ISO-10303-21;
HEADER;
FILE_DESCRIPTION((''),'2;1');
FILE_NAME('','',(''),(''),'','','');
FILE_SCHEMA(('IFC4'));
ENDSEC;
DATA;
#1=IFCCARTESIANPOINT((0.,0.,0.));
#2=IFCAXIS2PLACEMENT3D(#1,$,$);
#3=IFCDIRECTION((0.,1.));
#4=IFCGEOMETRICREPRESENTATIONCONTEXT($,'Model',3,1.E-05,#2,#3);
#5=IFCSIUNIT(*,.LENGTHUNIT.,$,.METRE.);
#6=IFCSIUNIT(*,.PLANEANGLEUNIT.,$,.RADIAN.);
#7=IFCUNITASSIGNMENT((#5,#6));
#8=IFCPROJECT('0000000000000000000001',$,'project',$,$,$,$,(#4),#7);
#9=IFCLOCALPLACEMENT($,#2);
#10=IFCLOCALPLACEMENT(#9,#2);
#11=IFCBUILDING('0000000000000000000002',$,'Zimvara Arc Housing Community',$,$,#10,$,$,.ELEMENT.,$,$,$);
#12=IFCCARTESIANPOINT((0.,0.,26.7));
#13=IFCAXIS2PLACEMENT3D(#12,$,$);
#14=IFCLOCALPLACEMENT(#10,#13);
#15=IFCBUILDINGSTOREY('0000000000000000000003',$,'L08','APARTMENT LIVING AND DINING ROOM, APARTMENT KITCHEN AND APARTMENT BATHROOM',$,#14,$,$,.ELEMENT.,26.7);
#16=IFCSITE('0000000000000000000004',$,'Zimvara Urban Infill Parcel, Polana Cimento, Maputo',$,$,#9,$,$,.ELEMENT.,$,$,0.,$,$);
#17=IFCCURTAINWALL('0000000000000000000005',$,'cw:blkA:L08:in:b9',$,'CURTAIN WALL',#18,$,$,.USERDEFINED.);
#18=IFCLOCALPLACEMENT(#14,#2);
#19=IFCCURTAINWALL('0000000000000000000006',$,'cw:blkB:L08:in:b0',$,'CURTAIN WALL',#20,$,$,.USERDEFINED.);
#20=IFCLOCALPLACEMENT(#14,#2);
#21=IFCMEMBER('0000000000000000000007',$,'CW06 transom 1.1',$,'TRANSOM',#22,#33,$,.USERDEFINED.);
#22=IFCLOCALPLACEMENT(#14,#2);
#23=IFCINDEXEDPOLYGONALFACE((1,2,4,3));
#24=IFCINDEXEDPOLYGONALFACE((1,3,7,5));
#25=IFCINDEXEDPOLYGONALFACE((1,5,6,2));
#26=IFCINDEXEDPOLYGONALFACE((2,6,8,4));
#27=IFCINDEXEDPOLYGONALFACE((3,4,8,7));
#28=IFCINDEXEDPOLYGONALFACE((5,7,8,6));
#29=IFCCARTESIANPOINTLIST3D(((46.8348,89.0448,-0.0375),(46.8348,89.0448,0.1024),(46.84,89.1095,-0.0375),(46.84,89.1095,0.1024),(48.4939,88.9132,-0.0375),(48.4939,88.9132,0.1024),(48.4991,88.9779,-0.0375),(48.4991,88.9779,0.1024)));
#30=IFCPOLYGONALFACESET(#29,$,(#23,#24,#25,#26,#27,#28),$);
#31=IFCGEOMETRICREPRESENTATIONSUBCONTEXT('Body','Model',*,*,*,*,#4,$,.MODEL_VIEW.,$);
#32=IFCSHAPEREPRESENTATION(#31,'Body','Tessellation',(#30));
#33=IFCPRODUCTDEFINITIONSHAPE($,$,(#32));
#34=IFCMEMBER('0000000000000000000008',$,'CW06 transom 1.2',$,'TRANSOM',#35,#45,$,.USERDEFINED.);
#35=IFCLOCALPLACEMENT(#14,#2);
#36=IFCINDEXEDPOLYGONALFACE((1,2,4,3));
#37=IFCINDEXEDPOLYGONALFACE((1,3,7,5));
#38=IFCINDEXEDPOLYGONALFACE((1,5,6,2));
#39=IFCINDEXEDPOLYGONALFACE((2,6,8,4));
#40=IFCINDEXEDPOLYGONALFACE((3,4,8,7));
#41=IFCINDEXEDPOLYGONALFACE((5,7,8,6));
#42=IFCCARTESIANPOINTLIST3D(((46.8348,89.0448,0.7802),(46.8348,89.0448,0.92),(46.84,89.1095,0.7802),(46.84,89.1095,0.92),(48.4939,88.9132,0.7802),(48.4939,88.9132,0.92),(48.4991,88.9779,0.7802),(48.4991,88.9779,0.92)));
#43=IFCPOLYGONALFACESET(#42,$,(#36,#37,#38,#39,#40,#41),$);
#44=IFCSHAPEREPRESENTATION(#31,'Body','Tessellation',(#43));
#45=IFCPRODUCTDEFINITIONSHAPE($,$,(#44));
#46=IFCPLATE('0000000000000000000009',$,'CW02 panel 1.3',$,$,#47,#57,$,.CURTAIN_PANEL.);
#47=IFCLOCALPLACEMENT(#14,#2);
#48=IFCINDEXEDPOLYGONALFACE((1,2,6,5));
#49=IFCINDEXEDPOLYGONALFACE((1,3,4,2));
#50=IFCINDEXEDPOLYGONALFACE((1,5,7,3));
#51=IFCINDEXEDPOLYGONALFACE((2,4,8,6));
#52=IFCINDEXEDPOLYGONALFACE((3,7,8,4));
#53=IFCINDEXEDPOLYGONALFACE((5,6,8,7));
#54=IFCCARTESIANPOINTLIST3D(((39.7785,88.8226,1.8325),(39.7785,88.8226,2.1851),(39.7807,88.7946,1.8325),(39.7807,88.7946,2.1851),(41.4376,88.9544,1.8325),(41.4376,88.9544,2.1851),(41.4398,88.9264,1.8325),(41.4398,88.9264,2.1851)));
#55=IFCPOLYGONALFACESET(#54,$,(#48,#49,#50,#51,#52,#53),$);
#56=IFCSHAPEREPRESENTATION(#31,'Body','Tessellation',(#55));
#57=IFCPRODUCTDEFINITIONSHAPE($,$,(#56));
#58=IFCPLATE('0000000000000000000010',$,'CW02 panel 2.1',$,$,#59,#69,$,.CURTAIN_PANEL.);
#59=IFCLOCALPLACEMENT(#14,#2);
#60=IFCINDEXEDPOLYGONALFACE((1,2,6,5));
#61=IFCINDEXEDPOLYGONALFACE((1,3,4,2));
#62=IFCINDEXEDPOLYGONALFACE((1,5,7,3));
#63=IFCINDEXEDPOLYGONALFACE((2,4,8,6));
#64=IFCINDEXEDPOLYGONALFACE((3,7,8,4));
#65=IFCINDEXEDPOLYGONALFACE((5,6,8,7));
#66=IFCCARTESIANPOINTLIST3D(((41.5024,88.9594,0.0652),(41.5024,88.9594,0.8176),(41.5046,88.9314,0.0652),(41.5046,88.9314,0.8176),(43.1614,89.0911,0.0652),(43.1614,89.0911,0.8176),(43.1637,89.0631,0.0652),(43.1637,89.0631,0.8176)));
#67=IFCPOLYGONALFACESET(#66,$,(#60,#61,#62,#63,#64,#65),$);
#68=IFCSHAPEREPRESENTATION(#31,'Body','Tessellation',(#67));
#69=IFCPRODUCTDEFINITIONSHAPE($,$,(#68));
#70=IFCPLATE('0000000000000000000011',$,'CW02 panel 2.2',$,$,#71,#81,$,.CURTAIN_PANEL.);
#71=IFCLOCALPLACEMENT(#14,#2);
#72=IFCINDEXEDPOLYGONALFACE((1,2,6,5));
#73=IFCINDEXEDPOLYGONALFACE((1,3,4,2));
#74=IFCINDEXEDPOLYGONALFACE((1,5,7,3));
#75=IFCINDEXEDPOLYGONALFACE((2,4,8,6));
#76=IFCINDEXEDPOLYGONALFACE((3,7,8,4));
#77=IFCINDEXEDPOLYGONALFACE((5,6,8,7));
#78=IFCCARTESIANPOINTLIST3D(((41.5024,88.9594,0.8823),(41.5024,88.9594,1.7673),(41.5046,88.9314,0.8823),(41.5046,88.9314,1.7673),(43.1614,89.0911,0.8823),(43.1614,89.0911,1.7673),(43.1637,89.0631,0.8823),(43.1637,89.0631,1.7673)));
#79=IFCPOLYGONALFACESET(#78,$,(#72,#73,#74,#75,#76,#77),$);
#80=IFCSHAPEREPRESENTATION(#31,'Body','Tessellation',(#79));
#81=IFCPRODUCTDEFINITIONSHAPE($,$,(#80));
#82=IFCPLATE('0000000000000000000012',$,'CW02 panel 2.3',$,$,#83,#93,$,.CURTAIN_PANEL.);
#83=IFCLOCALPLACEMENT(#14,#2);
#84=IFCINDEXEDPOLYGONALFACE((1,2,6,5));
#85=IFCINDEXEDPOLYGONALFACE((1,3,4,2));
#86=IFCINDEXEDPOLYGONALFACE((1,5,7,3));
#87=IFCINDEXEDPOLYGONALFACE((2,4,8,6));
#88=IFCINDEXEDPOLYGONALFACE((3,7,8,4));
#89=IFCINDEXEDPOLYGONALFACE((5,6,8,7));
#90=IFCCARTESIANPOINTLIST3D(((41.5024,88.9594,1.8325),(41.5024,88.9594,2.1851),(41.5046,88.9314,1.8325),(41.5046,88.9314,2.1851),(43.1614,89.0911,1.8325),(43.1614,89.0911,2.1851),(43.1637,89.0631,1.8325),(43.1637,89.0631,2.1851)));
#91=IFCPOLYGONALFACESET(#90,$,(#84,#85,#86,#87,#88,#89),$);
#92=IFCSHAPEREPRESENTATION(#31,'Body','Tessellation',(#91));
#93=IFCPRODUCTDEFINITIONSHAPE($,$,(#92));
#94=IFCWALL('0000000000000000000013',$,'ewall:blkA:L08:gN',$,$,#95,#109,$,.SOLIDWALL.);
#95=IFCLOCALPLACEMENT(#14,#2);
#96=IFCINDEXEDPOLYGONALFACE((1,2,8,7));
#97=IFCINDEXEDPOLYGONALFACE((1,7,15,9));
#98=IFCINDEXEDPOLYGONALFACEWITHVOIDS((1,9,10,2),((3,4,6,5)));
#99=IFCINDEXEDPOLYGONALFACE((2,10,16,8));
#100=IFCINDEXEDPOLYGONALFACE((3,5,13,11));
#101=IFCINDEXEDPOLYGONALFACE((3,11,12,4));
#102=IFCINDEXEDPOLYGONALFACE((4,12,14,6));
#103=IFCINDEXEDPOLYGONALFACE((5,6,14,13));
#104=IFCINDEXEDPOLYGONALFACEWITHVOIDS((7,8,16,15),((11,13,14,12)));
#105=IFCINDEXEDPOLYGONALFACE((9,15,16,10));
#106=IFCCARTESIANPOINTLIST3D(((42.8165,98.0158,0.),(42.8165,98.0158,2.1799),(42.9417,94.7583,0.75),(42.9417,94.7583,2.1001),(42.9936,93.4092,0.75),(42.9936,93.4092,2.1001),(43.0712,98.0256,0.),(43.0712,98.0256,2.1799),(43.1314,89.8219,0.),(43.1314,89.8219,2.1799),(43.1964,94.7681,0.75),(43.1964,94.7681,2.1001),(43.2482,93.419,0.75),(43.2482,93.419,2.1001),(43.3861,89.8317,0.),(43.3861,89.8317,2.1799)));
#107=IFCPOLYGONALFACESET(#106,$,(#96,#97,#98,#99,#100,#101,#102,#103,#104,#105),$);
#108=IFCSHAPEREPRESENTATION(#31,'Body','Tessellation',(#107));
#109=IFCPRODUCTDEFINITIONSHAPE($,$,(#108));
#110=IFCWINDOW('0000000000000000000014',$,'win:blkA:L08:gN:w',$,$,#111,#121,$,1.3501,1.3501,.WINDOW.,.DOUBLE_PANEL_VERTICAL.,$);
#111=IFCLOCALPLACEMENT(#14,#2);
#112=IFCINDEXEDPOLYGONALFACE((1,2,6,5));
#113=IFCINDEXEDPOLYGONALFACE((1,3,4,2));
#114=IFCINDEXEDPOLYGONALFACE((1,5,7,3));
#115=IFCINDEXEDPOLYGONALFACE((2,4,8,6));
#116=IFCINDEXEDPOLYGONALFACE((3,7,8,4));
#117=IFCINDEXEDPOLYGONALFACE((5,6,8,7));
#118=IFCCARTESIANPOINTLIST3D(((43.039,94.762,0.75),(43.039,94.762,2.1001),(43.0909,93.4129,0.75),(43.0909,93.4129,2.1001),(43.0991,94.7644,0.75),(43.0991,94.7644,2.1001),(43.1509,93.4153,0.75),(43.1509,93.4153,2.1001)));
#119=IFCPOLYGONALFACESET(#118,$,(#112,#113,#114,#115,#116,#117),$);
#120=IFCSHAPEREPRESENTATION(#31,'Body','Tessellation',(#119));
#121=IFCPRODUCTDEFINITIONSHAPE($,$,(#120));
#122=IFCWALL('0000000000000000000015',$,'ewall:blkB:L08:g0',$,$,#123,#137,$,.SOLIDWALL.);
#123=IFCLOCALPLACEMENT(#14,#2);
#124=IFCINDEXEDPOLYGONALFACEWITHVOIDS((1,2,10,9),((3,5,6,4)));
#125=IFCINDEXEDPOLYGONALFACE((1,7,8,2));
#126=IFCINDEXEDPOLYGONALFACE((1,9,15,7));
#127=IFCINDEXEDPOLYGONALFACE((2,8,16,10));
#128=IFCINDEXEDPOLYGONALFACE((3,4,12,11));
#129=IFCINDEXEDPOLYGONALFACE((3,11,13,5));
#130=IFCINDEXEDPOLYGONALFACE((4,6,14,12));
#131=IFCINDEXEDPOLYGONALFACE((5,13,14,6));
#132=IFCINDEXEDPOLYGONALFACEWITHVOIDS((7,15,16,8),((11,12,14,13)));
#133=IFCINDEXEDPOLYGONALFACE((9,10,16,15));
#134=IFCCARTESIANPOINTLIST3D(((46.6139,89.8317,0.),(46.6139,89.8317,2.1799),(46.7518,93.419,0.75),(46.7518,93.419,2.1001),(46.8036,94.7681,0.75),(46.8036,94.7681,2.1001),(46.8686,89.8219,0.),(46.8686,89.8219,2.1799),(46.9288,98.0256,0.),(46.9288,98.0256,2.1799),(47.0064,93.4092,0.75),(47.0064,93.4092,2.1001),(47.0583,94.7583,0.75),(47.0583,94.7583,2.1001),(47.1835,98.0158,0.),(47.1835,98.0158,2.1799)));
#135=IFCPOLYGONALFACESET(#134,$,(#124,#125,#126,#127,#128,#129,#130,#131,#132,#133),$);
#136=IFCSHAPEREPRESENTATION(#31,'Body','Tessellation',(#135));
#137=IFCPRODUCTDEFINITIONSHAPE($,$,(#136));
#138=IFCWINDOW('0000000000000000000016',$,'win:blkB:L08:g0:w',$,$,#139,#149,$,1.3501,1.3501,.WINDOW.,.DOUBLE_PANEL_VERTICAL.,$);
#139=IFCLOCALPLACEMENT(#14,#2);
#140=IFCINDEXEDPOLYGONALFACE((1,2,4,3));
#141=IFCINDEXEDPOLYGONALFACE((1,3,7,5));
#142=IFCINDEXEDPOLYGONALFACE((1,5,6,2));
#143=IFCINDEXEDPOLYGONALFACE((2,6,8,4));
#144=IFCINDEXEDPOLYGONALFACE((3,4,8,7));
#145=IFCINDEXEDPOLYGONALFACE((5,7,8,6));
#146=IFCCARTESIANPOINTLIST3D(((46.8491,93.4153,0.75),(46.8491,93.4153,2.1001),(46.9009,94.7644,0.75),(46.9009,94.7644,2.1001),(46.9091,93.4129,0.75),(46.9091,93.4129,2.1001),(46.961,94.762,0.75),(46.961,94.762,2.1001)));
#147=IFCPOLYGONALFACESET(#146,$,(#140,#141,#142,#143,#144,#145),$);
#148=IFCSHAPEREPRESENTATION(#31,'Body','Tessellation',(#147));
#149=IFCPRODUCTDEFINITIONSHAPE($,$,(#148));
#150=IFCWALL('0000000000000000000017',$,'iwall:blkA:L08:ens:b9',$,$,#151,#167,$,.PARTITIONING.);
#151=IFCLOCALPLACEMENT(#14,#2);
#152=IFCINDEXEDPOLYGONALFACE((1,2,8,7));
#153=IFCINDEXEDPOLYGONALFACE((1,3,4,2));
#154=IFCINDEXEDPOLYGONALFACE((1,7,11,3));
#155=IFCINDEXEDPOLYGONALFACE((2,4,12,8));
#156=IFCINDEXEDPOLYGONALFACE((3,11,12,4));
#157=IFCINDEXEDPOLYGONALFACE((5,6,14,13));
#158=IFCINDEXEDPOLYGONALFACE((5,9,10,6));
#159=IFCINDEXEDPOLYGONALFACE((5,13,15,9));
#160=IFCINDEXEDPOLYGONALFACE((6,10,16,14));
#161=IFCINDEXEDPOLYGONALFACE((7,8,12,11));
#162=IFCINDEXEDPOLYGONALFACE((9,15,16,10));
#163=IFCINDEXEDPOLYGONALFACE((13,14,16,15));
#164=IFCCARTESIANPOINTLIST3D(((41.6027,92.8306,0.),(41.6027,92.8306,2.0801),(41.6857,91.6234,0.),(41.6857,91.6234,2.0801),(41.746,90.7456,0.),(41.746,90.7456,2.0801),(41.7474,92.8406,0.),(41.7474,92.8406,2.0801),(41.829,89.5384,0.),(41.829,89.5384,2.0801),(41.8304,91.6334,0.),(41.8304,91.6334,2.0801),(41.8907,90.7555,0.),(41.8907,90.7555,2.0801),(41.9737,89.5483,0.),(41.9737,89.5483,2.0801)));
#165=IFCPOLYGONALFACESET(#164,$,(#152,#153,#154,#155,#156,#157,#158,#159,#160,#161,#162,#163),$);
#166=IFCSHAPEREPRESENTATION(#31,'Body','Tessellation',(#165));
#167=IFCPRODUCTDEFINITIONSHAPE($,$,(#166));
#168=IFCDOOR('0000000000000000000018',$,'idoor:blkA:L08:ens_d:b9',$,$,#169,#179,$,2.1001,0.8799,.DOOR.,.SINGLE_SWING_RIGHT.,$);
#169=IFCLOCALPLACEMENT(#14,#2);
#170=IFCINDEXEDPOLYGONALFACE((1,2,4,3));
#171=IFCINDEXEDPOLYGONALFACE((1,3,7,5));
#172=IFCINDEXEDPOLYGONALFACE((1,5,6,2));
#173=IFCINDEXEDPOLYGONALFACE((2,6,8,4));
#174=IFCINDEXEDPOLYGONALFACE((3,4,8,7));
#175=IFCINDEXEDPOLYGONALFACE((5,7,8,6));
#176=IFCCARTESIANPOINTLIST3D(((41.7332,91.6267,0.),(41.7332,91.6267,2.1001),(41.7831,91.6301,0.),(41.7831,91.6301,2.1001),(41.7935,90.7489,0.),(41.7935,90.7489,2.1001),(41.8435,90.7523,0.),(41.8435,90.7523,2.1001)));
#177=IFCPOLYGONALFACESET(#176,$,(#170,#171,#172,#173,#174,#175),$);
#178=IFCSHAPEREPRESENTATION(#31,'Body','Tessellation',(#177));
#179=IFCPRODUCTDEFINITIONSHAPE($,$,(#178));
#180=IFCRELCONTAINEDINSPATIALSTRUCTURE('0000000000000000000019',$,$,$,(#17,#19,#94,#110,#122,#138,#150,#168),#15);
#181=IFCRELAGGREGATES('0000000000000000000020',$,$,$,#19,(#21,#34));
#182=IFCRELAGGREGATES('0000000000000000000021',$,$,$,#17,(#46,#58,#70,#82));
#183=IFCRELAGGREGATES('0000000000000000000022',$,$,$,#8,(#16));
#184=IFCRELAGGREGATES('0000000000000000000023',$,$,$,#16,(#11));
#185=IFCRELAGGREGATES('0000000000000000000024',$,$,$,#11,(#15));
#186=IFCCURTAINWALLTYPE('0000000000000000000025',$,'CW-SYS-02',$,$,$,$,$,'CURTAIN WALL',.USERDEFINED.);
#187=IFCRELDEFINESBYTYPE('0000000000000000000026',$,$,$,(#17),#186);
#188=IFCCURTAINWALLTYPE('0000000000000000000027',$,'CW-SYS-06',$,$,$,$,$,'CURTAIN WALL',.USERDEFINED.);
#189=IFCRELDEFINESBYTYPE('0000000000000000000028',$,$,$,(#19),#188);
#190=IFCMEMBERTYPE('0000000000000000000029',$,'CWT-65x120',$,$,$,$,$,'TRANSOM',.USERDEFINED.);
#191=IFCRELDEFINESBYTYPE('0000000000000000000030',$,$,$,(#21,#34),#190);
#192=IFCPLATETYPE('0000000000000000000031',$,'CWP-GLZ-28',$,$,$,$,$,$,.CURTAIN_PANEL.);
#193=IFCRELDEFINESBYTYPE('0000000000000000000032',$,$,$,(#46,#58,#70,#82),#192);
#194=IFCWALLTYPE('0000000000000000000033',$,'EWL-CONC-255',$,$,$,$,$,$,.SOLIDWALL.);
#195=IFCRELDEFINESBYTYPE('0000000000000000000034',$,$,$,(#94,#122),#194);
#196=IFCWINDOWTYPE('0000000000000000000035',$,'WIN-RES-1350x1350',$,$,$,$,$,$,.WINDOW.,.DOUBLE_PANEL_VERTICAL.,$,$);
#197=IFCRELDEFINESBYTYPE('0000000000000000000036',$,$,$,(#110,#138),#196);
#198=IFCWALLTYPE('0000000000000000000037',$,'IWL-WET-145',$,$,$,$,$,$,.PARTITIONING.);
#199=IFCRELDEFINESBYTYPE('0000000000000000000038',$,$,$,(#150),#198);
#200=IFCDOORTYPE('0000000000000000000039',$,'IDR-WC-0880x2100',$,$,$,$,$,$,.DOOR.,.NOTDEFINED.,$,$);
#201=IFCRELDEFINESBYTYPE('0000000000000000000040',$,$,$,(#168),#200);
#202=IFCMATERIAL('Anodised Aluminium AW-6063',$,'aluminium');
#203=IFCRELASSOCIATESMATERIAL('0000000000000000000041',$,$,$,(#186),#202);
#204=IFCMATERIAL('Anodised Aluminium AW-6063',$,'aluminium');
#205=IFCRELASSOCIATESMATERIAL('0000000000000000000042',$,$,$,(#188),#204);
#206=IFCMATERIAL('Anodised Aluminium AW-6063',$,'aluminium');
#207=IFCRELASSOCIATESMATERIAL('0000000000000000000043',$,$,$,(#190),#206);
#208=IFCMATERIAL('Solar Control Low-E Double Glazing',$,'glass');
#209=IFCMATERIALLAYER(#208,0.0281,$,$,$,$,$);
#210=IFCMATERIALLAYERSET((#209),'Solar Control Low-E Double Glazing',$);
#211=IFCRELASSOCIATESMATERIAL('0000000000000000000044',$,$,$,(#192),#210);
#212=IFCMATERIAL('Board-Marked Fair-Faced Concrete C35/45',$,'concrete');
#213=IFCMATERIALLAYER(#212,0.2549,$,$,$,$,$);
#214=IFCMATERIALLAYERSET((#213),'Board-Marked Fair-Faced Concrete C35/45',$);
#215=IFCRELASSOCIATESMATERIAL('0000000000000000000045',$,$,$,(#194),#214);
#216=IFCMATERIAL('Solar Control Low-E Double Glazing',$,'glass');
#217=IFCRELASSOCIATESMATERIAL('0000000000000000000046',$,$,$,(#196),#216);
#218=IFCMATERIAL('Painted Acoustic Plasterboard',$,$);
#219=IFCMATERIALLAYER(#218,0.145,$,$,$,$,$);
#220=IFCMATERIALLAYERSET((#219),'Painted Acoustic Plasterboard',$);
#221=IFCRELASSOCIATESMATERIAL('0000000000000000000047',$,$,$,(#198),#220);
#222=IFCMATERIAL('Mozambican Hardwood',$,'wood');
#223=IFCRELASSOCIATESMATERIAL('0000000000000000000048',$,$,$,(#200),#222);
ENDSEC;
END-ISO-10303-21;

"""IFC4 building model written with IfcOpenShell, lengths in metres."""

from ifc_helpers import new_model, si_unit, direction, frame, frame_2d, origin, origin_2d, place, context, subcontext, project, spatial, rectangle, extrude, material, layer, layer_set, material_profile, profile_set, type_object, element, fill, aggregate, save


model = new_model("IFC4")

# Units and contexts
model_context = context("Model", 3, precision=1e-05, world=origin(), true_north=direction((0.0, 1.0)))
body_context = subcontext(model_context, "Body", "Model", "MODEL_VIEW")
ifc_project = project(units=[si_unit("LENGTHUNIT", "METRE"), si_unit("PLANEANGLEUNIT", "RADIAN")], contexts=[model_context])

# Site, building, storey
site_placement = place(None, origin())
site = spatial("IfcSite", under=ifc_project, at=site_placement, Name="Zimvara Urban Infill Parcel, Polana Cimento, Maputo", CompositionType="ELEMENT", RefElevation=0.0)
building_placement = place(site_placement, origin())
building = spatial("IfcBuilding", under=site, at=building_placement, Name="Zimvara Arc Housing Community", CompositionType="ELEMENT")
storey_placement = place(building_placement, frame((0.0, 0.0, 26.7)))
storey = spatial("IfcBuildingStorey", under=building, at=storey_placement, Name="L08", Description="APARTMENT LIVING AND DINING ROOM, APARTMENT KITCHEN AND APARTMENT BATHROOM", CompositionType="ELEMENT", Elevation=26.7)

# Curtain wall
ifc_material_1 = material(Name="Anodised Aluminium AW-6063", Category="aluminium")
curtain_wall_type_1 = type_object("IfcCurtainWallType", Name="CW-SYS-02", ElementType="CURTAIN WALL", PredefinedType="USERDEFINED", material=ifc_material_1)
curtain_wall_1_placement = place(storey_placement, origin())
curtain_wall_1 = element("IfcCurtainWall", 1, at=curtain_wall_1_placement, inside=storey, type_object=curtain_wall_type_1, Name="cw:blkA:L08:in:b9", ObjectType="CURTAIN WALL", PredefinedType="USERDEFINED")

# Curtain wall
ifc_material_2 = material(Name="Anodised Aluminium AW-6063", Category="aluminium")
curtain_wall_type_2 = type_object("IfcCurtainWallType", Name="CW-SYS-06", ElementType="CURTAIN WALL", PredefinedType="USERDEFINED", material=ifc_material_2)
curtain_wall_2_placement = place(storey_placement, origin())
curtain_wall_2 = element("IfcCurtainWall", 2, at=curtain_wall_2_placement, inside=storey, type_object=curtain_wall_type_2, Name="cw:blkB:L08:in:b0", ObjectType="CURTAIN WALL", PredefinedType="USERDEFINED")

# Members
ifc_material_3 = material(Name="Anodised Aluminium AW-6063", Category="aluminium")
ifc_material_profile_1 = material_profile(ifc_material_3, rectangle(XDim=0.0649, YDim=0.1399, at=origin_2d()), Name="ALU 65x140")
ifc_profile_set_1 = profile_set([ifc_material_profile_1], Name="Anodised Aluminium AW-6063")
member_type_1 = type_object("IfcMemberType", Name="CWT-65x120", ElementType="TRANSOM", PredefinedType="USERDEFINED", material=ifc_profile_set_1)
member_1_placement = place(storey_placement, frame((46.8374, 89.0771, 0.0325), z_axis=(0.99687, -0.079063, 0.0), x_axis=(0.079063, 0.99687, 0.0)))
member_1 = element("IfcMember", 3, at=member_1_placement, type_object=member_type_1, Name="CW06 transom 1.1", ObjectType="TRANSOM", PredefinedType="USERDEFINED", context=body_context, shape_type="SweptSolid", body=[
    extrude(rectangle(XDim=0.0649, YDim=0.1399, at=origin_2d()), origin(), (0.0, 0.0, 1.0), 1.6643),
])
member_2_placement = place(storey_placement, frame((46.8374, 89.0771, 0.8501), z_axis=(0.99687, -0.079063, 0.0), x_axis=(0.079063, 0.99687, 0.0)))
member_2 = element("IfcMember", 4, at=member_2_placement, type_object=member_type_1, Name="CW06 transom 1.2", ObjectType="TRANSOM", PredefinedType="USERDEFINED", context=body_context, shape_type="SweptSolid", body=[
    extrude(rectangle(XDim=0.0649, YDim=0.1399, at=origin_2d()), origin(), (0.0, 0.0, 1.0), 1.6643),
])
aggregate(curtain_wall_2, [member_1, member_2])

# Plates
ifc_material_4 = material(Name="Solar Control Low-E Double Glazing", Category="glass")
ifc_layer_1 = layer(ifc_material_4, 0.0281)
ifc_layer_set_1 = layer_set([ifc_layer_1], Name="Solar Control Low-E Double Glazing")
plate_type = type_object("IfcPlateType", Name="CWP-GLZ-28", PredefinedType="CURTAIN_PANEL", material=ifc_layer_set_1)
plate_1_placement = place(storey_placement, frame((40.6091, 88.8745, 1.8325), z_axis=(0.0, 0.0, 1.0), x_axis=(0.996862, 0.079155, 0.0)))
plate_1 = element("IfcPlate", 5, at=plate_1_placement, type_object=plate_type, Name="CW02 panel 1.3", PredefinedType="CURTAIN_PANEL", context=body_context, shape_type="SweptSolid", body=[
    extrude(rectangle(XDim=1.6643, YDim=0.0281, at=origin_2d()), origin(), (0.0, 0.0, 1.0), 0.3525),
])
plate_2_placement = place(storey_placement, frame((42.333, 89.0112, 0.0652), z_axis=(0.0, 0.0, 1.0), x_axis=(0.996862, 0.079155, 0.0)))
plate_2 = element("IfcPlate", 6, at=plate_2_placement, type_object=plate_type, Name="CW02 panel 2.1", PredefinedType="CURTAIN_PANEL", context=body_context, shape_type="SweptSolid", body=[
    extrude(rectangle(XDim=1.6643, YDim=0.0281, at=origin_2d()), origin(), (0.0, 0.0, 1.0), 0.7524),
])
plate_3_placement = place(storey_placement, frame((42.333, 89.0112, 0.8823), z_axis=(0.0, 0.0, 1.0), x_axis=(0.996862, 0.079155, 0.0)))
plate_3 = element("IfcPlate", 7, at=plate_3_placement, type_object=plate_type, Name="CW02 panel 2.2", PredefinedType="CURTAIN_PANEL", context=body_context, shape_type="SweptSolid", body=[
    extrude(rectangle(XDim=1.6643, YDim=0.0281, at=origin_2d()), origin(), (0.0, 0.0, 1.0), 0.885),
])
plate_4_placement = place(storey_placement, frame((42.333, 89.0112, 1.8325), z_axis=(0.0, 0.0, 1.0), x_axis=(0.996862, 0.079155, 0.0)))
plate_4 = element("IfcPlate", 8, at=plate_4_placement, type_object=plate_type, Name="CW02 panel 2.3", PredefinedType="CURTAIN_PANEL", context=body_context, shape_type="SweptSolid", body=[
    extrude(rectangle(XDim=1.6643, YDim=0.0281, at=origin_2d()), origin(), (0.0, 0.0, 1.0), 0.3525),
])
aggregate(curtain_wall_1, [plate_1, plate_2, plate_3, plate_4])

# Walls, openings, windows
ifc_material_5 = material(Name="Board-Marked Fair-Faced Concrete C35/45", Category="concrete")
ifc_layer_2 = layer(ifc_material_5, 0.2549)
ifc_layer_set_2 = layer_set([ifc_layer_2], Name="Board-Marked Fair-Faced Concrete C35/45")
wall_type_1 = type_object("IfcWallType", Name="EWL-CONC-255", PredefinedType="SOLIDWALL", material=ifc_layer_set_2)
wall_1_placement = place(storey_placement, frame((43.2588, 89.8267, 0.0), z_axis=(0.0, 0.0, 1.0), x_axis=(-0.038408, 0.999262, 0.0)))
wall_1 = element("IfcWall", 9, at=wall_1_placement, inside=storey, type_object=wall_type_1, Name="ewall:blkA:L08:gN", PredefinedType="SOLIDWALL", context=body_context, shape_type="SweptSolid", body=[
    extrude(rectangle(XDim=8.2, YDim=0.2549, at=frame_2d((4.1001, 0.0))), origin(), (0.0, 0.0, 1.0), 2.1799),
])
opening_1_placement = place(wall_1_placement, frame((3.5901, 0.0, 0.75)))
opening_1 = element("IfcOpeningElement", 10, at=opening_1_placement, cuts=wall_1, PredefinedType="OPENING", context=body_context, shape_type="SweptSolid", body=[
    extrude(rectangle(XDim=1.3501, YDim=1.3501, at=frame_2d((0.675, 0.675))), frame((0.0, 0.1375, 0.0), z_axis=(0.0, -1.0, 0.0), x_axis=(1.0, 0.0, 0.0)), (0.0, 0.0, 1.0), 0.2749),
])
ifc_material_6 = material(Name="Solar Control Low-E Double Glazing", Category="glass")
window_type = type_object("IfcWindowType", Name="WIN-RES-1350x1350", PartitioningType="DOUBLE_PANEL_VERTICAL", PredefinedType="WINDOW", material=ifc_material_6)
window_1_placement = place(opening_1_placement, origin())
window_1 = element("IfcWindow", 11, at=window_1_placement, inside=storey, type_object=window_type, Name="win:blkA:L08:gN:w", OverallHeight=1.3501, OverallWidth=1.3501, PartitioningType="DOUBLE_PANEL_VERTICAL", PredefinedType="WINDOW", context=body_context, shape_type="SweptSolid", body=[
    extrude(rectangle(XDim=1.3501, YDim=1.3501, at=frame_2d((0.675, 0.675))), frame((0.0, 0.03, 0.0), z_axis=(0.0, -1.0, 0.0), x_axis=(1.0, 0.0, 0.0)), (0.0, 0.0, 1.0), 0.0601),
])
fill(opening_1, window_1)
wall_2_placement = place(storey_placement, frame((46.7412, 89.8267, 0.0), z_axis=(0.0, 0.0, 1.0), x_axis=(0.038408, 0.999262, 0.0)))
wall_2 = element("IfcWall", 12, at=wall_2_placement, inside=storey, type_object=wall_type_1, Name="ewall:blkB:L08:g0", PredefinedType="SOLIDWALL", context=body_context, shape_type="SweptSolid", body=[
    extrude(rectangle(XDim=8.2, YDim=0.2549, at=frame_2d((4.1001, 0.0))), origin(), (0.0, 0.0, 1.0), 2.1799),
])
opening_2_placement = place(wall_2_placement, frame((3.5901, 0.0, 0.75)))
opening_2 = element("IfcOpeningElement", 13, at=opening_2_placement, cuts=wall_2, PredefinedType="OPENING", context=body_context, shape_type="SweptSolid", body=[
    extrude(rectangle(XDim=1.3501, YDim=1.3501, at=frame_2d((0.675, 0.675))), frame((0.0, 0.1375, 0.0), z_axis=(0.0, -1.0, 0.0), x_axis=(1.0, 0.0, 0.0)), (0.0, 0.0, 1.0), 0.2749),
])
window_2_placement = place(opening_2_placement, origin())
window_2 = element("IfcWindow", 14, at=window_2_placement, inside=storey, type_object=window_type, Name="win:blkB:L08:g0:w", OverallHeight=1.3501, OverallWidth=1.3501, PartitioningType="DOUBLE_PANEL_VERTICAL", PredefinedType="WINDOW", context=body_context, shape_type="SweptSolid", body=[
    extrude(rectangle(XDim=1.3501, YDim=1.3501, at=frame_2d((0.675, 0.675))), frame((0.0, 0.03, 0.0), z_axis=(0.0, -1.0, 0.0), x_axis=(1.0, 0.0, 0.0)), (0.0, 0.0, 1.0), 0.0601),
])
fill(opening_2, window_2)

# Wall, opening, door
ifc_material_7 = material(Name="Painted Acoustic Plasterboard")
ifc_layer_3 = layer(ifc_material_7, 0.145)
ifc_layer_set_3 = layer_set([ifc_layer_3], Name="Painted Acoustic Plasterboard")
wall_type_2 = type_object("IfcWallType", Name="IWL-WET-145", PredefinedType="PARTITIONING", material=ifc_layer_set_3)
wall_3_placement = place(storey_placement, frame((41.9014, 89.5435, 0.0), z_axis=(0.0, 0.0, 1.0), x_axis=(-0.068581, 0.997646, 0.0)))
wall_3 = element("IfcWall", 15, at=wall_3_placement, inside=storey, type_object=wall_type_2, Name="iwall:blkA:L08:ens:b9", PredefinedType="PARTITIONING", context=body_context, shape_type="SweptSolid", body=[
    extrude(rectangle(XDim=3.3, YDim=0.145, at=frame_2d((1.6499, 0.0))), origin(), (0.0, 0.0, 1.0), 2.0801),
])
opening_3_placement = place(wall_3_placement, frame((1.21, 0.0, 0.0)))
opening_3 = element("IfcOpeningElement", 16, at=opening_3_placement, cuts=wall_3, PredefinedType="OPENING", context=body_context, shape_type="SweptSolid", body=[
    extrude(rectangle(XDim=0.8799, YDim=2.1001, at=frame_2d((0.4399, 1.05))), frame((0.0, 0.0825, 0.0), z_axis=(0.0, -1.0, 0.0), x_axis=(1.0, 0.0, 0.0)), (0.0, 0.0, 1.0), 0.165),
])
ifc_material_8 = material(Name="Mozambican Hardwood", Category="wood")
door_type = type_object("IfcDoorType", Name="IDR-WC-0880x2100", OperationType="NOTDEFINED", PredefinedType="DOOR", material=ifc_material_8)
door_placement = place(opening_3_placement, origin())
door = element("IfcDoor", 17, at=door_placement, inside=storey, type_object=door_type, Name="idoor:blkA:L08:ens_d:b9", OperationType="SINGLE_SWING_RIGHT", OverallHeight=2.1001, OverallWidth=0.8799, PredefinedType="DOOR", context=body_context, shape_type="SweptSolid", body=[
    extrude(rectangle(XDim=0.8799, YDim=2.1001, at=frame_2d((0.4399, 1.05))), frame((0.0, 0.0249, 0.0), z_axis=(0.0, -1.0, 0.0), x_axis=(1.0, 0.0, 0.0)), (0.0, 0.0, 1.0), 0.05),
])
fill(opening_3, door)

save(model, "model.ifc")
